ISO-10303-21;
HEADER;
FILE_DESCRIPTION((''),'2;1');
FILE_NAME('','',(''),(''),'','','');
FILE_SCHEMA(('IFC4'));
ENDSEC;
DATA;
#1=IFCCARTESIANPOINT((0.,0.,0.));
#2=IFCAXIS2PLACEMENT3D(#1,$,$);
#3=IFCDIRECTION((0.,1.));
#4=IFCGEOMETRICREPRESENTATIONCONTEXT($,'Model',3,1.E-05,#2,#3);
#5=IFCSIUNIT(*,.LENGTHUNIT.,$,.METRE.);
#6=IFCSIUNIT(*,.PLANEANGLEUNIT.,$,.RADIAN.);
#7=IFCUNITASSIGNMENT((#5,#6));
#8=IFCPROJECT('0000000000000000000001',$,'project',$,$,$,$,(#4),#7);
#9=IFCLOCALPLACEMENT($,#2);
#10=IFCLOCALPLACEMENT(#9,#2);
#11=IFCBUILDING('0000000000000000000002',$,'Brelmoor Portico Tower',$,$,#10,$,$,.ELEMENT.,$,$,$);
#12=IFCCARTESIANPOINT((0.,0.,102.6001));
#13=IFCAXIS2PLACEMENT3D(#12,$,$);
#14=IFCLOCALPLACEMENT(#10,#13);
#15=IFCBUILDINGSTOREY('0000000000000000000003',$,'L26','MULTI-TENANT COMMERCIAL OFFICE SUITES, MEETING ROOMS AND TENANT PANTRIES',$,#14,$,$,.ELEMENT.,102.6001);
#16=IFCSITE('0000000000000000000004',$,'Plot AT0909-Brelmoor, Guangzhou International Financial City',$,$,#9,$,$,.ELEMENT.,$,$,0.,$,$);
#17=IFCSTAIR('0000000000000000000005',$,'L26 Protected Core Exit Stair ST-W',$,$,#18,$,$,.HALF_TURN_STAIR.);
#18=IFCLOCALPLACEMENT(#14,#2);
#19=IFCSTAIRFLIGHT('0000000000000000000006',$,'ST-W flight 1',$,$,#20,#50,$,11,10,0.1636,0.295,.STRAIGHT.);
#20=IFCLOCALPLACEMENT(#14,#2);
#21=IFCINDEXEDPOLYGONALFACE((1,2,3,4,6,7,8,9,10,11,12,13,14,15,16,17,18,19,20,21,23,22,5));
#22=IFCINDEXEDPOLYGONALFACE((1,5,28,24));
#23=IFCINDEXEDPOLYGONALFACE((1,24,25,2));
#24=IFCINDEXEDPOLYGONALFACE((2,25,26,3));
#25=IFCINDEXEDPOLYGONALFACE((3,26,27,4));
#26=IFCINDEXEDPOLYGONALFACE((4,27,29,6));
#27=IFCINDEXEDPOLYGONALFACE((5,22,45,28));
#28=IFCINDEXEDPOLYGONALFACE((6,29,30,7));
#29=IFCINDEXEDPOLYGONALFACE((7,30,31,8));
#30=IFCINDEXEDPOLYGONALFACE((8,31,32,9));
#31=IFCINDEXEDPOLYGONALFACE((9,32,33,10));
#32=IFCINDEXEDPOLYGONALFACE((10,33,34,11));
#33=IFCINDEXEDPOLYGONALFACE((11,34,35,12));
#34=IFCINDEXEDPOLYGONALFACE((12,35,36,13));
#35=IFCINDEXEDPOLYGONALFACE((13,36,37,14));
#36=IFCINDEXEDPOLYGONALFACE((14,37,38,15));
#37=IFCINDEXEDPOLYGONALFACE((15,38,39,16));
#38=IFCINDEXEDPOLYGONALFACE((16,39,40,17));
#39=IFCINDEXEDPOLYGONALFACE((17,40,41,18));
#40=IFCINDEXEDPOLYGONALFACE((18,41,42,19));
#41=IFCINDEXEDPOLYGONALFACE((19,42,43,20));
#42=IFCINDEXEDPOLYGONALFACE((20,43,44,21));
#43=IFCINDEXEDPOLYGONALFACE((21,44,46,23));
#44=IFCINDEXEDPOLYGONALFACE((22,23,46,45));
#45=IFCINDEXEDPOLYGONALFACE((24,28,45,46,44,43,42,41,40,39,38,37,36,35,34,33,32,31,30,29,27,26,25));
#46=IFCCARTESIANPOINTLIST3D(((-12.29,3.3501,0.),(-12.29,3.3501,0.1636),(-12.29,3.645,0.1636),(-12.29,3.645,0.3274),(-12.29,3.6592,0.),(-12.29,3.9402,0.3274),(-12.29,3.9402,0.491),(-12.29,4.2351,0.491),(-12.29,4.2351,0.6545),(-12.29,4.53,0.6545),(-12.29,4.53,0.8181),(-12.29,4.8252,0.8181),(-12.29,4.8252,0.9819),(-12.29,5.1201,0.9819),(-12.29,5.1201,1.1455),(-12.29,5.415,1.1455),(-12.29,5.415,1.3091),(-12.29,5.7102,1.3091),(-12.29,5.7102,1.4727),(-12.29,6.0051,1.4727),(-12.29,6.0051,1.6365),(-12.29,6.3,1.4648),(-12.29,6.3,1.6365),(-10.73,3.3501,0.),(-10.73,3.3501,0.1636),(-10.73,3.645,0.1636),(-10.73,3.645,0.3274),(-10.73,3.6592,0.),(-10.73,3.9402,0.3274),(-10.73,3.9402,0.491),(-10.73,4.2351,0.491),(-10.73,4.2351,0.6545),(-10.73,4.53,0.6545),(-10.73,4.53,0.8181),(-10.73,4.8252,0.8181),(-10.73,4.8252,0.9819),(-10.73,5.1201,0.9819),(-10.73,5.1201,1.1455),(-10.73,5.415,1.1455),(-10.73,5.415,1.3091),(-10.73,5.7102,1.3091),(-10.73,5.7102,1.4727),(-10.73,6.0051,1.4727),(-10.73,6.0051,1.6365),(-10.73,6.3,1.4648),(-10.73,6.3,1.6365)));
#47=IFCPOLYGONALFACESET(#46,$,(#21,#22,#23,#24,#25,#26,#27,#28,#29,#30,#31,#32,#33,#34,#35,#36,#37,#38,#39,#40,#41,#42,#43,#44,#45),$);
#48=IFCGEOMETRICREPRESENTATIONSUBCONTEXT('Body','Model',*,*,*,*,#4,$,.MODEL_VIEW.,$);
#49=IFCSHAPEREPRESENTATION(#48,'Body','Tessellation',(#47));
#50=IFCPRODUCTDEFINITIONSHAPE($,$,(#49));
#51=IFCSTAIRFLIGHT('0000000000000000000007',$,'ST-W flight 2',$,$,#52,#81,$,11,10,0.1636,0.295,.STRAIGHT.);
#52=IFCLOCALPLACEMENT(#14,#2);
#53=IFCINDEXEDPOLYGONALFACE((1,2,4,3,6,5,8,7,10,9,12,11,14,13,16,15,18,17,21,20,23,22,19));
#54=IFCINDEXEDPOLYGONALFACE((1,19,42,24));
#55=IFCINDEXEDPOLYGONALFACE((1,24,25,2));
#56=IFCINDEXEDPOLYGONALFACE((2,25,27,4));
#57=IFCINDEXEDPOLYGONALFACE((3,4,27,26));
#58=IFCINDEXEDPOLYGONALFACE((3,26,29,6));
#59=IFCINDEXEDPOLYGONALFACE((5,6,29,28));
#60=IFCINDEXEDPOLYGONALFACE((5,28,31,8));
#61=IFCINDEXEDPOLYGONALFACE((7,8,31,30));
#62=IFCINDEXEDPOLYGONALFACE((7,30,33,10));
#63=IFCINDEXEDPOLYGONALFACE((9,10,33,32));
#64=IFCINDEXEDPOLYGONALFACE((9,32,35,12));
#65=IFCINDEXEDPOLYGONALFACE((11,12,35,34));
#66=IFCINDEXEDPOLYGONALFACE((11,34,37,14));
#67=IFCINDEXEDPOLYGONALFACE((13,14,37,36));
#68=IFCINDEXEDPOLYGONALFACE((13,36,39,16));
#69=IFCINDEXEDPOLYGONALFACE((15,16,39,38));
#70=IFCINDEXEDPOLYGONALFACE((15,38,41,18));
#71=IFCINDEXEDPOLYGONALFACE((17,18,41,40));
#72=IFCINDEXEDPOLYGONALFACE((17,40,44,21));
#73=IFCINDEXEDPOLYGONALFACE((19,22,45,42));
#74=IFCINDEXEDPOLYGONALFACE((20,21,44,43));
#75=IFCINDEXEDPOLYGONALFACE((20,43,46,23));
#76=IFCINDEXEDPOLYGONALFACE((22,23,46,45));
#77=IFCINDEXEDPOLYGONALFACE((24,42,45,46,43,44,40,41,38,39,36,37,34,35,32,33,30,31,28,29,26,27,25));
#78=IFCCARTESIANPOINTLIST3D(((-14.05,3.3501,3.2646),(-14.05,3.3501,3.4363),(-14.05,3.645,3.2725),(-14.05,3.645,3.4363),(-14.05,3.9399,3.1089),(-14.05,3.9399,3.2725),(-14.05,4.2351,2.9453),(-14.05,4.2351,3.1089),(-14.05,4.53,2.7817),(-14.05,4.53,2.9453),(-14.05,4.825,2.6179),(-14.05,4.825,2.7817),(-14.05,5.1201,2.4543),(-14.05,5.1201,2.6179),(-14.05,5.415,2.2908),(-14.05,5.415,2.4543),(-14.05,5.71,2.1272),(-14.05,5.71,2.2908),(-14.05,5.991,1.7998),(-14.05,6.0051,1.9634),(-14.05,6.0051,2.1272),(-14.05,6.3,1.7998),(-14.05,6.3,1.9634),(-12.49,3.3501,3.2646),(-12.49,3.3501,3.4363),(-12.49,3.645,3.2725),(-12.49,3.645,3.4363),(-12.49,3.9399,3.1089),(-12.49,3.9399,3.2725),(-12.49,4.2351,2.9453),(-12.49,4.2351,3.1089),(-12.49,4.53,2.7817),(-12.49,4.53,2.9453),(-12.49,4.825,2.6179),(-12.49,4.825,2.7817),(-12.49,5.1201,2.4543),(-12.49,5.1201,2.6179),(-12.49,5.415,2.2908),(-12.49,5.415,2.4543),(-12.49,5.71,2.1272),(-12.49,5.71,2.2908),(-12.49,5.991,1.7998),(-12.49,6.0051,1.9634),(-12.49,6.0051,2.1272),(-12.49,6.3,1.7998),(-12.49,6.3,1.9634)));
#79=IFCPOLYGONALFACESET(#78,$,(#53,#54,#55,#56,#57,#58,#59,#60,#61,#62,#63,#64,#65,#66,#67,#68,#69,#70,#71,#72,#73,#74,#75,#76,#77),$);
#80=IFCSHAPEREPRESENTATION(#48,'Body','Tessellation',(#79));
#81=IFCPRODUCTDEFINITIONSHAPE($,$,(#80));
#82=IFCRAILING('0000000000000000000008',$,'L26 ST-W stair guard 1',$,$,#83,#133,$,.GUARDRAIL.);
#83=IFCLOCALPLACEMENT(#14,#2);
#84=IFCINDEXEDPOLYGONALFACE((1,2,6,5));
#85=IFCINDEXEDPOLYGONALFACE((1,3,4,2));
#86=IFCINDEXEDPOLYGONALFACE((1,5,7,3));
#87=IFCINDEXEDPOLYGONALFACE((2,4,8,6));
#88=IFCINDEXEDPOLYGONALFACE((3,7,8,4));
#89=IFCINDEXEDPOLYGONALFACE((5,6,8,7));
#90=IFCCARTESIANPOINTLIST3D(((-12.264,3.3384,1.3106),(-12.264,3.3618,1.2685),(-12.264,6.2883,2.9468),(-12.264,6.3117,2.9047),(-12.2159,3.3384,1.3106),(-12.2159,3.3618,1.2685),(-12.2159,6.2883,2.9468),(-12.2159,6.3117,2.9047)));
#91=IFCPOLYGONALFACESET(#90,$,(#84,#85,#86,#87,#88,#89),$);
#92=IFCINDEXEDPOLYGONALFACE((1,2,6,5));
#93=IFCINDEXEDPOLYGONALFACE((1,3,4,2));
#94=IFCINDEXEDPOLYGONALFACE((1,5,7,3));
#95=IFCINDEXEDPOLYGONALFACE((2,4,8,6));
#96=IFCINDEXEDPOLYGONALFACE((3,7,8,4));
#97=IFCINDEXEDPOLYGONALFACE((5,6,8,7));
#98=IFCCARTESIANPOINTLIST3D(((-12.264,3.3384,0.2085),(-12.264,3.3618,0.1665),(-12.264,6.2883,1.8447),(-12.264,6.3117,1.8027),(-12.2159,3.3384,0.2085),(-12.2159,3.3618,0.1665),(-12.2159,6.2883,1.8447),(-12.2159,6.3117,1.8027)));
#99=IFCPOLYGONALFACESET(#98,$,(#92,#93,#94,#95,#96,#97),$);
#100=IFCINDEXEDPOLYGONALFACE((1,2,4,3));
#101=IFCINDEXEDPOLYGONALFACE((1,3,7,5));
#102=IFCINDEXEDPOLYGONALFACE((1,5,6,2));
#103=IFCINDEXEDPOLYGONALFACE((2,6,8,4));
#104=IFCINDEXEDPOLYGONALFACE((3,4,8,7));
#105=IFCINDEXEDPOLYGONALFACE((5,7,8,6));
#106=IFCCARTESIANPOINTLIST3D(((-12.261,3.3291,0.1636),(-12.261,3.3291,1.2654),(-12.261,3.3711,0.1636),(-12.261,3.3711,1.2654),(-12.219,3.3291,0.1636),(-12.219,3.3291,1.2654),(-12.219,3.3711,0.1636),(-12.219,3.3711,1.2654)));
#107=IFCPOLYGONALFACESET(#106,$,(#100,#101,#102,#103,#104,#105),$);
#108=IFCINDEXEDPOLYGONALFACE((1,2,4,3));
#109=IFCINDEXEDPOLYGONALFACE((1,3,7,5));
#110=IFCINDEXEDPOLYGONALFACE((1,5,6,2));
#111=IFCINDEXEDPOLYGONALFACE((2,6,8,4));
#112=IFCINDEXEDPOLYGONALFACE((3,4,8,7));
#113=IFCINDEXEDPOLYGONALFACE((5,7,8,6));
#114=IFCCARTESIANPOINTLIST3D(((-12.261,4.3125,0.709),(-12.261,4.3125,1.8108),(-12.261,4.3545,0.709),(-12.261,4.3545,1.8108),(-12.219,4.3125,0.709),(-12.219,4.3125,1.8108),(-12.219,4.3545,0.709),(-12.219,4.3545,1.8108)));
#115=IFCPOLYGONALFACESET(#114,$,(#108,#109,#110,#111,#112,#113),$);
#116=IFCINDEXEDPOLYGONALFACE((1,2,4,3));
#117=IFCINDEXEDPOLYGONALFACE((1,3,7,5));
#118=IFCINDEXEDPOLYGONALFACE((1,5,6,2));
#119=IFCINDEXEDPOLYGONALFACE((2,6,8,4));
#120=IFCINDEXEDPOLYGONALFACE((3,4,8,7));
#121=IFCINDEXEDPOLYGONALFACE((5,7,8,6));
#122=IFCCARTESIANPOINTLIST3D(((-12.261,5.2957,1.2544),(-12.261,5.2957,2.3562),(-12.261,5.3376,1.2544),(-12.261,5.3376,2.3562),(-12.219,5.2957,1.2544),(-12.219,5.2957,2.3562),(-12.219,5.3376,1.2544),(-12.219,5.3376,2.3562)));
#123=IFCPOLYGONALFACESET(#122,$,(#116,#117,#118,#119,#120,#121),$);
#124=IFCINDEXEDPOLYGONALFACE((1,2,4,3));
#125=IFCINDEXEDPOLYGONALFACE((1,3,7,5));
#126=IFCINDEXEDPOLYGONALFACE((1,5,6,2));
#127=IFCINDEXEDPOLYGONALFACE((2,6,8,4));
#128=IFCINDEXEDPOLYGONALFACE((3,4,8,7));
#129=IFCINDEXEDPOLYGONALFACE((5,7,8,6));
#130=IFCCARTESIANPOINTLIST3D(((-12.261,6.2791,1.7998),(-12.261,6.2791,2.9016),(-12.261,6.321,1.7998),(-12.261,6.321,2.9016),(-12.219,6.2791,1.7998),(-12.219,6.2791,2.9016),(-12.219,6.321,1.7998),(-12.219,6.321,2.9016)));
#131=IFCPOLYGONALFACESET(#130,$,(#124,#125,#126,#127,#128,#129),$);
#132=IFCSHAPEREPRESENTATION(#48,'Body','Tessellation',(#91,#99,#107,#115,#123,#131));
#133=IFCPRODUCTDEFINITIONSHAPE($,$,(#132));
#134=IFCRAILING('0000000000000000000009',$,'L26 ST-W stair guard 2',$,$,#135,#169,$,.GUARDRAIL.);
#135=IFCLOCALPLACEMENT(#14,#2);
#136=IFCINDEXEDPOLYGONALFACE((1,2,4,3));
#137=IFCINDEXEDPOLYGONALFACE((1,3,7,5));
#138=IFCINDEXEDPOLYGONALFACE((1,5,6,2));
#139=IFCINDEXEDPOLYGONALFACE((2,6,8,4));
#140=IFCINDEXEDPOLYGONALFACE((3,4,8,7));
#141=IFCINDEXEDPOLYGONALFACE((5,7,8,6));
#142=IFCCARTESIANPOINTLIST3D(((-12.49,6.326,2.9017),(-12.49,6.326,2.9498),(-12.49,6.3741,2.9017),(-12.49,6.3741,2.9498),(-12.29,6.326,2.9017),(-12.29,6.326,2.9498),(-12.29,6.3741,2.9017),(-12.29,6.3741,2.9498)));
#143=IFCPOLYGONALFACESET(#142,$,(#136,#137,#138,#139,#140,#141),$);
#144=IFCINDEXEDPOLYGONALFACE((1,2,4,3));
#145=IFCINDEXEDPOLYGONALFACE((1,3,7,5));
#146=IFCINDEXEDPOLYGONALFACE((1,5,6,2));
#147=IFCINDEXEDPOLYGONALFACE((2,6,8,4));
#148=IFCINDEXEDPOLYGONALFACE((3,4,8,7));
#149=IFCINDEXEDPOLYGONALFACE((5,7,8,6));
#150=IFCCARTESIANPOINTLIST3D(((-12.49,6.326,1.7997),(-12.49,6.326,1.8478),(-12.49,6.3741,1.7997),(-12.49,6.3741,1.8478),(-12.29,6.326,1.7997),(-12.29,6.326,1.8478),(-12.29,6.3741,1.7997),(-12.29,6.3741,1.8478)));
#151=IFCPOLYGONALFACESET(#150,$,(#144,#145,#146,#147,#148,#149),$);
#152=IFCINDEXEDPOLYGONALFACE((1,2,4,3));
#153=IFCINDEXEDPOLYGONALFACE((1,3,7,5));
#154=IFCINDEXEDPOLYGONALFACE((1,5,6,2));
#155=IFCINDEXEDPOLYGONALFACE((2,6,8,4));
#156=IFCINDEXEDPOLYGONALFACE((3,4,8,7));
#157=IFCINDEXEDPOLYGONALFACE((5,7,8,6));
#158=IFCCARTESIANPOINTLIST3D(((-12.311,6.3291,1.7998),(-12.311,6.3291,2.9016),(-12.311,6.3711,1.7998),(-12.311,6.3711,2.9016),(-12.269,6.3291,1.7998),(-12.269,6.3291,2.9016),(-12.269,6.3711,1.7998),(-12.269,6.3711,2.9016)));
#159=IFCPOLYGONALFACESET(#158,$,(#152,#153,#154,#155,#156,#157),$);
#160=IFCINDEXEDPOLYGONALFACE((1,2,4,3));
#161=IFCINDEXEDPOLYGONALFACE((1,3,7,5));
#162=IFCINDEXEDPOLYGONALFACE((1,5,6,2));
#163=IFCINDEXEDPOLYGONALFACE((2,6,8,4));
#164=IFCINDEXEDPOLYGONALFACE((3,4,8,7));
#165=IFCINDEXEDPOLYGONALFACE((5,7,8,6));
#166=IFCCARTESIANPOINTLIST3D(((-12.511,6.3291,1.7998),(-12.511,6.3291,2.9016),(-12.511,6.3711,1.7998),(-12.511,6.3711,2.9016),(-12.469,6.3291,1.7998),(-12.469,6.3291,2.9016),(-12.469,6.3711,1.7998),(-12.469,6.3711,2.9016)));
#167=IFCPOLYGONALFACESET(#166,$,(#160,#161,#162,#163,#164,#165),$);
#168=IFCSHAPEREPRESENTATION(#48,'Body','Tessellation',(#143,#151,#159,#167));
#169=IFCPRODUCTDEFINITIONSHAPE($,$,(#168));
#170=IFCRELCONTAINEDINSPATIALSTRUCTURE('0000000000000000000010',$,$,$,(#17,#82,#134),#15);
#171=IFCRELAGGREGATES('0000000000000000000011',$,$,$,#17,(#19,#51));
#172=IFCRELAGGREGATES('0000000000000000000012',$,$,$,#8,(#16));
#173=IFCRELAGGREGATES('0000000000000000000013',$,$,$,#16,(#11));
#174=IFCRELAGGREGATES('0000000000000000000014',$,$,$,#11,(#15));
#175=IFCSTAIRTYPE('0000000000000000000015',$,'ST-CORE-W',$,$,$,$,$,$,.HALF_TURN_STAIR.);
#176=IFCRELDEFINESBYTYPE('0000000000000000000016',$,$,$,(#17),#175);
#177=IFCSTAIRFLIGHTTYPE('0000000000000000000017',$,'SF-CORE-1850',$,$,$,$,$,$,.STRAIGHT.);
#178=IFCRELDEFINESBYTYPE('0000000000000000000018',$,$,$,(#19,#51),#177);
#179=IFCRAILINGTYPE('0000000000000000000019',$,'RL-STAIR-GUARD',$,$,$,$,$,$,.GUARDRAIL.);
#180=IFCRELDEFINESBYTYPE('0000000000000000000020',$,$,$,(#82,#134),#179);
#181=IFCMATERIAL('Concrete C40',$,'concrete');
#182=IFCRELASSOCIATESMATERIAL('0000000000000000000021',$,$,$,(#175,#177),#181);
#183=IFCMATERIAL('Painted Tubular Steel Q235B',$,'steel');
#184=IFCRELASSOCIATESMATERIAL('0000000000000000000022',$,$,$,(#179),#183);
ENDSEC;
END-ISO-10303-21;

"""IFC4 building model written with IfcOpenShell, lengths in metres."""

from ifc_helpers import new_model, si_unit, direction, frame, origin, origin_2d, place, context, subcontext, project, spatial, polyline, rectangle, outline, extrude, material, type_object, element, aggregate, save


model = new_model("IFC4")

# Units and contexts
model_context = context("Model", 3, precision=1e-05, world=origin(), true_north=direction((0.0, 1.0)))
body_context = subcontext(model_context, "Body", "Model", "MODEL_VIEW")
ifc_project = project(units=[si_unit("LENGTHUNIT", "METRE"), si_unit("PLANEANGLEUNIT", "RADIAN")], contexts=[model_context])

# Site, building, storey
site_placement = place(None, origin())
site = spatial("IfcSite", under=ifc_project, at=site_placement, Name="Plot AT0909-Brelmoor, Guangzhou International Financial City", CompositionType="ELEMENT", RefElevation=0.0)
building_placement = place(site_placement, origin())
building = spatial("IfcBuilding", under=site, at=building_placement, Name="Brelmoor Portico Tower", CompositionType="ELEMENT")
storey_placement = place(building_placement, frame((0.0, 0.0, 102.6001)))
storey = spatial("IfcBuildingStorey", under=building, at=storey_placement, Name="L26", Description="MULTI-TENANT COMMERCIAL OFFICE SUITES, MEETING ROOMS AND TENANT PANTRIES", CompositionType="ELEMENT", Elevation=102.6001)

# Shared definitions
ifc_material_1 = material(Name="Concrete C40", Category="concrete")

# Stair, stair flights
stair_type = type_object("IfcStairType", Name="ST-CORE-W", PredefinedType="HALF_TURN_STAIR", material=ifc_material_1)
stair_placement = place(storey_placement, origin())
stair = element("IfcStair", 1, at=stair_placement, inside=storey, type_object=stair_type, Name="L26 Protected Core Exit Stair ST-W", PredefinedType="HALF_TURN_STAIR")
stair_flight_type = type_object("IfcStairFlightType", Name="SF-CORE-1850", PredefinedType="STRAIGHT", material=ifc_material_1)
stair_flight_1_placement = place(storey_placement, frame((-11.51, 3.3501, 0.0), z_axis=(0.0, 0.0, 1.0), x_axis=(0.0, 1.0, 0.0)))
stair_flight_1 = element("IfcStairFlight", 2, at=stair_flight_1_placement, type_object=stair_flight_type, Name="ST-W flight 1", NumberOfRisers=11, NumberOfTreads=10, PredefinedType="STRAIGHT", RiserHeight=0.1636, TreadLength=0.295, context=body_context, shape_type="SweptSolid", body=[
    extrude(outline(polyline([(0.0, 0.0), (0.0, 0.1636), (0.2949, 0.1636), (0.2949, 0.3274), (0.5901, 0.3274), (0.5901, 0.491), (0.885, 0.491), (0.885, 0.6545), (1.1799, 0.6545), (1.1799, 0.8181), (1.4751, 0.8181), (1.4751, 0.9819), (1.77, 0.9819), (1.77, 1.1455), (2.0649, 1.1455), (2.0649, 1.3091), (2.3601, 1.3091), (2.3601, 1.4727), (2.655, 1.4727), (2.655, 1.6365), (2.95, 1.6365), (2.95, 1.8), (2.95, 1.4648), (0.3091, 0.0), (0.0, 0.0)])), frame((0.0, 0.78, 0.0), z_axis=(0.0, -1.0, 0.0), x_axis=(1.0, 0.0, 0.0)), (0.0, 0.0, 1.0), 1.5601),
])
stair_flight_2_placement = place(storey_placement, frame((-13.27, 6.3, 1.7998), z_axis=(0.0, 0.0, 1.0), x_axis=(0.0, -1.0, 0.0)))
stair_flight_2 = element("IfcStairFlight", 3, at=stair_flight_2_placement, type_object=stair_flight_type, Name="ST-W flight 2", NumberOfRisers=11, NumberOfTreads=10, PredefinedType="STRAIGHT", RiserHeight=0.1636, TreadLength=0.295, context=body_context, shape_type="SweptSolid", body=[
    extrude(outline(polyline([(0.0, 0.0), (0.0, 0.1636), (0.2949, 0.1636), (0.2949, 0.3274), (0.5901, 0.3274), (0.5901, 0.491), (0.885, 0.491), (0.885, 0.6545), (1.1799, 0.6545), (1.1799, 0.8181), (1.4751, 0.8181), (1.4751, 0.9819), (1.77, 0.9819), (1.77, 1.1455), (2.0649, 1.1455), (2.0649, 1.3091), (2.3601, 1.3091), (2.3601, 1.4727), (2.655, 1.4727), (2.655, 1.6365), (2.95, 1.6365), (2.95, 1.8), (2.95, 1.4648), (0.3091, 0.0), (0.0, 0.0)])), frame((0.0, 0.78, 0.0), z_axis=(0.0, -1.0, 0.0), x_axis=(1.0, 0.0, 0.0)), (0.0, 0.0, 1.0), 1.5601),
])
aggregate(stair, [stair_flight_1, stair_flight_2])

# Railings
ifc_material_2 = material(Name="Painted Tubular Steel Q235B", Category="steel")
railing_type_1 = type_object("IfcRailingType", Name="RL-STAIR-GUARD", PredefinedType="GUARDRAIL", material=ifc_material_2)
railing_1_placement = place(storey_placement, frame((-12.24, 3.3501, 0.1636)))
element("IfcRailing", 4, at=railing_1_placement, inside=storey, type_object=railing_type_1, Name="L26 ST-W stair guard 1", PredefinedType="GUARDRAIL", context=body_context, shape_type="SweptSolid", body=[
    extrude(rectangle(XDim=0.0481, YDim=0.0481, at=origin_2d()), frame((0.0, 0.0, 1.126), z_axis=(0.0, 0.874488, 0.485047), x_axis=(-1.0, 0.0, 0.0)), (0.0, 0.0, 1.0), 3.3733),
    extrude(rectangle(XDim=0.0481, YDim=0.0481, at=origin_2d()), frame((0.0, 0.0, 0.0239), z_axis=(0.0, 0.874488, 0.485047), x_axis=(-1.0, 0.0, 0.0)), (0.0, 0.0, 1.0), 3.3733),
    extrude(rectangle(XDim=0.042, YDim=0.042, at=origin_2d()), origin(), (0.0, 0.0, 1.0), 1.1018),
    extrude(rectangle(XDim=0.042, YDim=0.042, at=origin_2d()), frame((0.0, 0.9834, 0.5454)), (0.0, 0.0, 1.0), 1.1018),
    extrude(rectangle(XDim=0.042, YDim=0.042, at=origin_2d()), frame((0.0, 1.9666, 1.0908)), (0.0, 0.0, 1.0), 1.1018),
    extrude(rectangle(XDim=0.042, YDim=0.042, at=origin_2d()), frame((0.0, 2.95, 1.6362)), (0.0, 0.0, 1.0), 1.1018),
])
railing_2_placement = place(storey_placement, frame((-12.29, 6.3501, 1.7998)))
element("IfcRailing", 5, at=railing_2_placement, inside=storey, type_object=railing_type_1, Name="L26 ST-W stair guard 2", PredefinedType="GUARDRAIL", context=body_context, shape_type="SweptSolid", body=[
    extrude(rectangle(XDim=0.0481, YDim=0.0481, at=origin_2d()), frame((0.0, 0.0, 1.126), z_axis=(-1.0, 0.0, 0.0), x_axis=(0.0, -1.0, 0.0)), (0.0, 0.0, 1.0), 0.2),
    extrude(rectangle(XDim=0.0481, YDim=0.0481, at=origin_2d()), frame((0.0, 0.0, 0.0239), z_axis=(-1.0, 0.0, 0.0), x_axis=(0.0, -1.0, 0.0)), (0.0, 0.0, 1.0), 0.2),
    extrude(rectangle(XDim=0.042, YDim=0.042, at=origin_2d()), origin(), (0.0, 0.0, 1.0), 1.1018),
    extrude(rectangle(XDim=0.042, YDim=0.042, at=origin_2d()), frame((-0.2, 0.0, 0.0)), (0.0, 0.0, 1.0), 1.1018),
])

save(model, "model.ifc")
